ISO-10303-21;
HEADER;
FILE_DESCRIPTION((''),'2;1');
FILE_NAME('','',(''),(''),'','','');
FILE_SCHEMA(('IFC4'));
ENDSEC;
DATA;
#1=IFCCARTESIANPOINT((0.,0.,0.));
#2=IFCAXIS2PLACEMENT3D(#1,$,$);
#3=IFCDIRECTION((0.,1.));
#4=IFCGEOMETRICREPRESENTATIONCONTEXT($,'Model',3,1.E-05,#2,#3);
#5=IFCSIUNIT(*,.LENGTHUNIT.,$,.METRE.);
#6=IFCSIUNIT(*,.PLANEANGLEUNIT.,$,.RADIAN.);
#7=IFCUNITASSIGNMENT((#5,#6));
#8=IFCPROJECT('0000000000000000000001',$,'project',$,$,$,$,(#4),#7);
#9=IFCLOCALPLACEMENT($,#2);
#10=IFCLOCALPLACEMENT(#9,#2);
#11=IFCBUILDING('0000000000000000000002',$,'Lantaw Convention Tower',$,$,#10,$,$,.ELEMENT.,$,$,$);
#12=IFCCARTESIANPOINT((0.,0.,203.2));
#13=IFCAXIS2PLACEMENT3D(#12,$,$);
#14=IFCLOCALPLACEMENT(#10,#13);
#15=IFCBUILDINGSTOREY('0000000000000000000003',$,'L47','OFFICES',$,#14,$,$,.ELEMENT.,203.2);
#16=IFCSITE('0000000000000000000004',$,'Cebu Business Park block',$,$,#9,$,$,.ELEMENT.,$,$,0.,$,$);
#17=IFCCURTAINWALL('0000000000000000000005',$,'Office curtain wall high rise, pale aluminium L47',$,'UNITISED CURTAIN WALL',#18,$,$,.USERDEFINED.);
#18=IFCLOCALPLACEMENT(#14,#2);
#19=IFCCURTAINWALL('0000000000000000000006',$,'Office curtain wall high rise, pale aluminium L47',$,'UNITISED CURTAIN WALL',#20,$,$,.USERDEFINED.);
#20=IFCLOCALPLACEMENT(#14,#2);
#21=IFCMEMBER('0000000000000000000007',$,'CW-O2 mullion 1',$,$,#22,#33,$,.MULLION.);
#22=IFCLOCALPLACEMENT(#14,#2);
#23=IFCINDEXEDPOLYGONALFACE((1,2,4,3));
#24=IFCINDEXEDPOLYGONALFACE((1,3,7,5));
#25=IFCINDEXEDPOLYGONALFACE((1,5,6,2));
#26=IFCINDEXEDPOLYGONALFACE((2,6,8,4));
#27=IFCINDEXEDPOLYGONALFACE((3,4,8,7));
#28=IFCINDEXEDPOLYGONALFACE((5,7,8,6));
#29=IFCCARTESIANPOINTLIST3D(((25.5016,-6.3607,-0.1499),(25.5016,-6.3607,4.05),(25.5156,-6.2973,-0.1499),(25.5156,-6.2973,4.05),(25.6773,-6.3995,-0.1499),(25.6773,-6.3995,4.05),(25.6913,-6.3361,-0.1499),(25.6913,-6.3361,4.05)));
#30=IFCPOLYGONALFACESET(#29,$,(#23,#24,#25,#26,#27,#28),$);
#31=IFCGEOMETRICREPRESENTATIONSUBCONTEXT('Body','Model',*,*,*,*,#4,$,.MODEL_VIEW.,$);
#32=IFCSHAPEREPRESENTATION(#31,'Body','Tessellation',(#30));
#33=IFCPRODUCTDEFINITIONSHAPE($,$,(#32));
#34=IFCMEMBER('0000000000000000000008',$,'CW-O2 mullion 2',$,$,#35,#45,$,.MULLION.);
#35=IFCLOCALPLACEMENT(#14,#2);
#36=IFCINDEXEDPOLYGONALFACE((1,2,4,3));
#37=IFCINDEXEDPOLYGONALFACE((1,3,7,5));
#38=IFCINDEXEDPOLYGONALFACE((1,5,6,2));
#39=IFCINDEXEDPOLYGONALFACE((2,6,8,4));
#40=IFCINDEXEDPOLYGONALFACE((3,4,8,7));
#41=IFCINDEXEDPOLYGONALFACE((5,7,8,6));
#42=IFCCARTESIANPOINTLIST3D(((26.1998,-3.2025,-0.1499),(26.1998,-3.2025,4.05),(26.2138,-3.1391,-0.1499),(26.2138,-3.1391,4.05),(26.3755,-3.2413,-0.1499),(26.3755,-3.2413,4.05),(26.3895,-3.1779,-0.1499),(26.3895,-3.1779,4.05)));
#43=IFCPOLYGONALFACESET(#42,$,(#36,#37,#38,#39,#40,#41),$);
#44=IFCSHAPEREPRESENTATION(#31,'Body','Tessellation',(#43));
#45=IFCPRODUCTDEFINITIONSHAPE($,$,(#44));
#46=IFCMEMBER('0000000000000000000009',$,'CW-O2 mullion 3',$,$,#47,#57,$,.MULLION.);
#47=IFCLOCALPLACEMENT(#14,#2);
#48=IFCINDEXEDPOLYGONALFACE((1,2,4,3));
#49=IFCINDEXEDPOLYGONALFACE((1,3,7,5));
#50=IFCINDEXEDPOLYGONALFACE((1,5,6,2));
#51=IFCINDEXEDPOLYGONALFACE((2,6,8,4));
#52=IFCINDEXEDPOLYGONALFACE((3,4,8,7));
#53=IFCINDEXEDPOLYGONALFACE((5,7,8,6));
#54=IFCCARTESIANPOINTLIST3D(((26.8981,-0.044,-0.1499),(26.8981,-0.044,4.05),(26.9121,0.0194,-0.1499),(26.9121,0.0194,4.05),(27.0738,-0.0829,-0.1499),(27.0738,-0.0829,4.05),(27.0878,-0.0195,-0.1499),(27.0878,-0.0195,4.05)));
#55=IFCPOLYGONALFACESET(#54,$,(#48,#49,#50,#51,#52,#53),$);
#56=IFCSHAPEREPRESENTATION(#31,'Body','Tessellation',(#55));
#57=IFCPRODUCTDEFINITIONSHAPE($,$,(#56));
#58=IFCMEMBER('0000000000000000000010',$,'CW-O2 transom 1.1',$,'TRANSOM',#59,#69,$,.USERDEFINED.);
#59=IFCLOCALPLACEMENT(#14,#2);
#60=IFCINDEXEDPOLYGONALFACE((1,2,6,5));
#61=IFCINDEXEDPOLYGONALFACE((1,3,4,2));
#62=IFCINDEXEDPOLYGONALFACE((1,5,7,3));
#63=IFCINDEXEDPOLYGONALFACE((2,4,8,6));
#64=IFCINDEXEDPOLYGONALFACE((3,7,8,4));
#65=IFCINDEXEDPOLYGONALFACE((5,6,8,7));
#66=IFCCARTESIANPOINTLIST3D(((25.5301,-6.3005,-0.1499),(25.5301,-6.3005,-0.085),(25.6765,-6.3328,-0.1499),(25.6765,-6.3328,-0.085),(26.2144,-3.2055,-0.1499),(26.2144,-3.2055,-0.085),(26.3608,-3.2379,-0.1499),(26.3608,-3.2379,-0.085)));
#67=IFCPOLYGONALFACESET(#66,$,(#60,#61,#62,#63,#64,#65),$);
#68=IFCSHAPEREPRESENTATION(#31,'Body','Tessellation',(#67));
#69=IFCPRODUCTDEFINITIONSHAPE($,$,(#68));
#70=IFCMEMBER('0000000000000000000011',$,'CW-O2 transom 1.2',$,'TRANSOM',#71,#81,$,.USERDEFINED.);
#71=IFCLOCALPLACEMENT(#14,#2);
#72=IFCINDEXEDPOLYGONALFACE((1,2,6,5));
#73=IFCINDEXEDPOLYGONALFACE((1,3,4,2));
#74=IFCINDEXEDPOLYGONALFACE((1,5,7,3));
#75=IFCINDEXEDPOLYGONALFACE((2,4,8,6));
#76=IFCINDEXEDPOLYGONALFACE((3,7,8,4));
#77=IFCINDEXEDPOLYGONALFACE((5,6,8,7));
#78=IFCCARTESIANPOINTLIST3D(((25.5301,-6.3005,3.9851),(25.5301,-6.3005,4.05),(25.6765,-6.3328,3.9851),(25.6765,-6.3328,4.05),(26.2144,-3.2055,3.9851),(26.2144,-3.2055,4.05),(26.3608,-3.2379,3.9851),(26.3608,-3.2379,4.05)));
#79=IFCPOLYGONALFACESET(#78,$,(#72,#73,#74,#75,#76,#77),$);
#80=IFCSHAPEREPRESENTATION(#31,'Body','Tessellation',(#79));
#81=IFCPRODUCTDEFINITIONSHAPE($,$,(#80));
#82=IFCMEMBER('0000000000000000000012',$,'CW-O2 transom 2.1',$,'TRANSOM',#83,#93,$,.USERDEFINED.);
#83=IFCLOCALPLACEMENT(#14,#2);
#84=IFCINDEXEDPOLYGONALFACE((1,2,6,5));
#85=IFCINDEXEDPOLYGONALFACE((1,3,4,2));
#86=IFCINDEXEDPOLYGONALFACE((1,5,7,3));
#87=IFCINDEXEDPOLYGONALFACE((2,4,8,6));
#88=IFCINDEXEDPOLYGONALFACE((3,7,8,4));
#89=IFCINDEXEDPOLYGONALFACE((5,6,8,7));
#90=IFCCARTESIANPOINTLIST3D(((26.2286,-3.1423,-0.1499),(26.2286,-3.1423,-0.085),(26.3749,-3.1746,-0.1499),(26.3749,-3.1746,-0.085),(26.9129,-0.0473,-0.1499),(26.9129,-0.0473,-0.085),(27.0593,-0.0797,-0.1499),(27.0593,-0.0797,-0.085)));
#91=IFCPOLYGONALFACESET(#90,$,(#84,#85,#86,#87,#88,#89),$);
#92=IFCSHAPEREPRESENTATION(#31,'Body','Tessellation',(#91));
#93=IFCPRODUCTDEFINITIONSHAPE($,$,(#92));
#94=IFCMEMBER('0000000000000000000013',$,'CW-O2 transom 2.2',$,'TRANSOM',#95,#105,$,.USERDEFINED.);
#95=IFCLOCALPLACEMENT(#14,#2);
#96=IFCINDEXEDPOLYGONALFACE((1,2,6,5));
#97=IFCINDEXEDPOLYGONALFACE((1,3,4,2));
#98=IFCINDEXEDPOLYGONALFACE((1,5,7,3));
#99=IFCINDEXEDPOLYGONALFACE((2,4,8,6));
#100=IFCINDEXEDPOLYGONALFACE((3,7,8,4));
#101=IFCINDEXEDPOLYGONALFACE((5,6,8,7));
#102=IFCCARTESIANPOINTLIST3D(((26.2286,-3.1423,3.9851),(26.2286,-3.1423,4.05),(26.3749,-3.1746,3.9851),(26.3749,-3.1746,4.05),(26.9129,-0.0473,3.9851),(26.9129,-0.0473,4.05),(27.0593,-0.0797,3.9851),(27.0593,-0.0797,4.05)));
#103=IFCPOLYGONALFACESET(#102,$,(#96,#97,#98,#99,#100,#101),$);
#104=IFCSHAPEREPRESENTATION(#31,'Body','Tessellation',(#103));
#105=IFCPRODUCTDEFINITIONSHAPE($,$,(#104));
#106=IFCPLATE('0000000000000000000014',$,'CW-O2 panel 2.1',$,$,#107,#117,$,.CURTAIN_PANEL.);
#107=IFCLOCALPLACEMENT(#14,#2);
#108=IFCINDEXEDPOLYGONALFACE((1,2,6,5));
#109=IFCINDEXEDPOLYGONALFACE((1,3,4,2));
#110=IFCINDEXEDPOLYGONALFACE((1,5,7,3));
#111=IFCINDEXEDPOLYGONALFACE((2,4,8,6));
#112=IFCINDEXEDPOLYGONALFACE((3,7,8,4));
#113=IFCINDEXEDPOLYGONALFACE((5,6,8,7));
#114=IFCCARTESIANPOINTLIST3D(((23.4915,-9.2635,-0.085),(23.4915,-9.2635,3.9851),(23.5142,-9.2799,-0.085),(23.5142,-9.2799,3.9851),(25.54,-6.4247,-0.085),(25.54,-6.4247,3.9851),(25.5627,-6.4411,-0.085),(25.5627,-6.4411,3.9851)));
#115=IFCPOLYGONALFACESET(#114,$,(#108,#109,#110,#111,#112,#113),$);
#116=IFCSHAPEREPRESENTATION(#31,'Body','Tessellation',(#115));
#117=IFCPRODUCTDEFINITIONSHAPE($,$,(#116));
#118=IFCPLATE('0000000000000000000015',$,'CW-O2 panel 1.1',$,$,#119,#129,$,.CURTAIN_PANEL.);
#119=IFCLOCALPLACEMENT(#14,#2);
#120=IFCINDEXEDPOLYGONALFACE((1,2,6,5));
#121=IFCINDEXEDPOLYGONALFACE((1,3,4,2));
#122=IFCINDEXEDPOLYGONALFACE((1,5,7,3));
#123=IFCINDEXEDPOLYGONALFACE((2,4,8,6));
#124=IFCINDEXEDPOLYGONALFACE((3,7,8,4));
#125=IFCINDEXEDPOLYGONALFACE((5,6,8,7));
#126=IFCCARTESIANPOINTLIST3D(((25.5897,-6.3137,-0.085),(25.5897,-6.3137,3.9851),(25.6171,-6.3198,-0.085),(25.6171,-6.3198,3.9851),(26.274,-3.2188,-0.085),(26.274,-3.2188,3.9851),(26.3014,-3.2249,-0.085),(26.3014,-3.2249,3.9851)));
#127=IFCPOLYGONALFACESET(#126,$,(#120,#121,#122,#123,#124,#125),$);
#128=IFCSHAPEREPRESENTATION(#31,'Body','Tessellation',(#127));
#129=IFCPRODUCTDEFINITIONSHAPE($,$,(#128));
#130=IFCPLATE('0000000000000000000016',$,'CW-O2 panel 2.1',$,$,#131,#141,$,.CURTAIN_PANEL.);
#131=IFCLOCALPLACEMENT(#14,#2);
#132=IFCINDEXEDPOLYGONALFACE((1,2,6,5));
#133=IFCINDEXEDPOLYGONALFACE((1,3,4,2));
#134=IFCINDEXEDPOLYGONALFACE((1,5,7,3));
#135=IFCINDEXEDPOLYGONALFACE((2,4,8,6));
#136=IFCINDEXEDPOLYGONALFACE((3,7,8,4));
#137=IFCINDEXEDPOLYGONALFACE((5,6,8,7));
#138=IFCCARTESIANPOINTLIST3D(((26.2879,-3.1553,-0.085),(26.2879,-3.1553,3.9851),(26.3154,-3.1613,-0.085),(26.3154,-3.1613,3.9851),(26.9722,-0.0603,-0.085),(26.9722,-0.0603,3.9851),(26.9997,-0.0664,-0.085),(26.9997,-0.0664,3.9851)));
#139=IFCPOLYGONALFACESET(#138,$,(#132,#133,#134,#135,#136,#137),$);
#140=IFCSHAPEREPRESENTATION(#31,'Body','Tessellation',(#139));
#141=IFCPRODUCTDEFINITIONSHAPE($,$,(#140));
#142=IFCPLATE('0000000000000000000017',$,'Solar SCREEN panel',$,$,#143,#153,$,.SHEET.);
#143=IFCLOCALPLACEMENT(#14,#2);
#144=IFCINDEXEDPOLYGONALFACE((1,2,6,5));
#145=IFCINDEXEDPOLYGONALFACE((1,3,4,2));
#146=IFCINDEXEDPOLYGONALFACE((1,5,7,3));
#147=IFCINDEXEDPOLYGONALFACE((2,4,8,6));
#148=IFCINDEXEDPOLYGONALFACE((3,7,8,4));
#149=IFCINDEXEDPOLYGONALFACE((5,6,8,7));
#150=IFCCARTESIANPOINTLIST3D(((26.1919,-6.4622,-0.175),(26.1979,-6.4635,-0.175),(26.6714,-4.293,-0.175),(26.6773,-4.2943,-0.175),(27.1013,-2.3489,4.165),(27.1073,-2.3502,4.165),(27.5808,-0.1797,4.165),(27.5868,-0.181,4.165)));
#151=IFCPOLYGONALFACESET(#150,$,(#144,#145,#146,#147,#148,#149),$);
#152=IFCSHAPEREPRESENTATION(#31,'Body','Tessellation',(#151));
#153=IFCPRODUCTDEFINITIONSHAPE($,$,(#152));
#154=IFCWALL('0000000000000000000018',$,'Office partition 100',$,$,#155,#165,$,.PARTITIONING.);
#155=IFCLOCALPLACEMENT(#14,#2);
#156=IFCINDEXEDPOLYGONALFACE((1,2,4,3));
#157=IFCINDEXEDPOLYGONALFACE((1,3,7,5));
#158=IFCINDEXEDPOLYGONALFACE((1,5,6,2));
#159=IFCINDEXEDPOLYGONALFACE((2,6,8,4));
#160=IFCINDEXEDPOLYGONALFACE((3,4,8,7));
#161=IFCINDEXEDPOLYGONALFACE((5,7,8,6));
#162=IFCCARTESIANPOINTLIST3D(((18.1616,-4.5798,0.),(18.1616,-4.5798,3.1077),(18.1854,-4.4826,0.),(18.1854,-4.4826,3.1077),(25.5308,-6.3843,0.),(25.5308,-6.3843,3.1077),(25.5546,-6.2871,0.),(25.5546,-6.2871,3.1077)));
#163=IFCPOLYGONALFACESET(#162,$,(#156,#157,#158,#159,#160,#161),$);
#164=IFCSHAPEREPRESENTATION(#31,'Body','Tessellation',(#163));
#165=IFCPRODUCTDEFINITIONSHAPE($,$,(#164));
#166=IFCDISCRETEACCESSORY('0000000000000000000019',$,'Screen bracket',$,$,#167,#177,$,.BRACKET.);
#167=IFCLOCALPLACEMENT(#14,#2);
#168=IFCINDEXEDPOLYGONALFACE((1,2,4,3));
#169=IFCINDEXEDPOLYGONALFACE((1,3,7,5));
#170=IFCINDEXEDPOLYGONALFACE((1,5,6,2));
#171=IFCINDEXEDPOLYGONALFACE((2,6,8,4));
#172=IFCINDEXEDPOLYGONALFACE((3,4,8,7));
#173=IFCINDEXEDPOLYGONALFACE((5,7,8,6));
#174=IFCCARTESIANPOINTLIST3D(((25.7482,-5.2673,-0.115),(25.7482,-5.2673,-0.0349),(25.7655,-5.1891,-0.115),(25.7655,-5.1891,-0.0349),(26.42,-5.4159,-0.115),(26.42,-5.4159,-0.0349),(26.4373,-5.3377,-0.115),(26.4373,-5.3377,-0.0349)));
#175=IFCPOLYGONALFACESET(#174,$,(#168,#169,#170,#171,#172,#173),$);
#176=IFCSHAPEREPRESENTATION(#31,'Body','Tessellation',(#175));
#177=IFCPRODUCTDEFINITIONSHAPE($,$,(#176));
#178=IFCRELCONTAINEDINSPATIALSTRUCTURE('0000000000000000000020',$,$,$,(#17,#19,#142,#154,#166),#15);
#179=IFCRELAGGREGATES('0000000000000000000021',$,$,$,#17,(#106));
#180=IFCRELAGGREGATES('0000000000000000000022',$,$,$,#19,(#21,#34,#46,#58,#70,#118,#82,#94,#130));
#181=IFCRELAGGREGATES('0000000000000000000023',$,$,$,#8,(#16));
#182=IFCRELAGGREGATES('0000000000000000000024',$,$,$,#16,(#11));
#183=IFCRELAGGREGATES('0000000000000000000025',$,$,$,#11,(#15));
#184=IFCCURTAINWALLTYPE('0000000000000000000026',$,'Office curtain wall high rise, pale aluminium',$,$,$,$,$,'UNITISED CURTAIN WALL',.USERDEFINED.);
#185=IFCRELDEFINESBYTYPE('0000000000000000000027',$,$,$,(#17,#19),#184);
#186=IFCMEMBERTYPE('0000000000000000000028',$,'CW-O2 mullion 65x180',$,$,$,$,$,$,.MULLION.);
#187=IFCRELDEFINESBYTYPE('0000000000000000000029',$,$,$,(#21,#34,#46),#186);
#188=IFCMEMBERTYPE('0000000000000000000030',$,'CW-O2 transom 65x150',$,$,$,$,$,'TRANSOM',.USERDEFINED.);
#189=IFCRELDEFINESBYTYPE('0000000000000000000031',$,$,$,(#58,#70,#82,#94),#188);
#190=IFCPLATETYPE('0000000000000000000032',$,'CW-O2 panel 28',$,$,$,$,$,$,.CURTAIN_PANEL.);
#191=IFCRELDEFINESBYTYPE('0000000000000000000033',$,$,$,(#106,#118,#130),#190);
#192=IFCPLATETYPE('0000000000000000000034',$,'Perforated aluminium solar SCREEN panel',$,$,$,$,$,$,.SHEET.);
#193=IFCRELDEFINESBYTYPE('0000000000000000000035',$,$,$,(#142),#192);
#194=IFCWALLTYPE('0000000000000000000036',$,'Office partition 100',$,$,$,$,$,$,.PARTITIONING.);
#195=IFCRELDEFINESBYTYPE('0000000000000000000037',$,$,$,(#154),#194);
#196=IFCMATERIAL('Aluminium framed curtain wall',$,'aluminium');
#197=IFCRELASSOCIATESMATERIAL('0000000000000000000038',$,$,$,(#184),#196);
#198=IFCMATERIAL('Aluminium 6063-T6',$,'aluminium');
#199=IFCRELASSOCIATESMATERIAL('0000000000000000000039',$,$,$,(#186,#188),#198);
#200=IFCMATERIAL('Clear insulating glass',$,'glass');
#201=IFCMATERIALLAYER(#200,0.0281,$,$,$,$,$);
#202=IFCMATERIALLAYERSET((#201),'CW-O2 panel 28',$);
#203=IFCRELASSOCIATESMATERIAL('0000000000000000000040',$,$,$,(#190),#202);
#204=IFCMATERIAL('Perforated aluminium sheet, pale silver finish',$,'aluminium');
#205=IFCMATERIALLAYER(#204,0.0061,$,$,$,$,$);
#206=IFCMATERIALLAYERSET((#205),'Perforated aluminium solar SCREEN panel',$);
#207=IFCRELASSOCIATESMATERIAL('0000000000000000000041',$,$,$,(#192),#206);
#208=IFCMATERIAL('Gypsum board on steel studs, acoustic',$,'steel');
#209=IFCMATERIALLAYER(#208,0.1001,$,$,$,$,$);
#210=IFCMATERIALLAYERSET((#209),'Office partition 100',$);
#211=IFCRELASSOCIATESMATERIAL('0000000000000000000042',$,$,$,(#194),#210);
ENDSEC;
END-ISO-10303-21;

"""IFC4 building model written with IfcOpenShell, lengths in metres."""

from ifc_helpers import new_model, si_unit, direction, frame, frame_2d, origin, origin_2d, place, context, subcontext, project, spatial, polyline, rectangle, outline, extrude, material, layer, layer_set, material_profile, profile_set, type_object, element, aggregate, save


model = new_model("IFC4")

# Units and contexts
model_context = context("Model", 3, precision=1e-05, world=origin(), true_north=direction((0.0, 1.0)))
body_context = subcontext(model_context, "Body", "Model", "MODEL_VIEW")
ifc_project = project(units=[si_unit("LENGTHUNIT", "METRE"), si_unit("PLANEANGLEUNIT", "RADIAN")], contexts=[model_context])

# Site, building, storey
site_placement = place(None, origin())
site = spatial("IfcSite", under=ifc_project, at=site_placement, Name="Cebu Business Park block", CompositionType="ELEMENT", RefElevation=0.0)
building_placement = place(site_placement, origin())
building = spatial("IfcBuilding", under=site, at=building_placement, Name="Lantaw Convention Tower", CompositionType="ELEMENT")
storey_placement = place(building_placement, frame((0.0, 0.0, 203.2)))
storey = spatial("IfcBuildingStorey", under=building, at=storey_placement, Name="L47", Description="OFFICES", CompositionType="ELEMENT", Elevation=203.2)

# Curtain wall
ifc_material_1 = material(Name="Aluminium framed curtain wall", Category="aluminium")
curtain_wall_type = type_object("IfcCurtainWallType", Name="Office curtain wall high rise, pale aluminium", ElementType="UNITISED CURTAIN WALL", PredefinedType="USERDEFINED", material=ifc_material_1)
curtain_wall_1_placement = place(storey_placement, origin())
curtain_wall_1 = element("IfcCurtainWall", 1, at=curtain_wall_1_placement, inside=storey, type_object=curtain_wall_type, Name="Office curtain wall high rise, pale aluminium L47", ObjectType="UNITISED CURTAIN WALL", PredefinedType="USERDEFINED")
ifc_material_2 = material(Name="Aluminium 6063-T6", Category="aluminium")
ifc_material_profile_1 = material_profile(ifc_material_2, rectangle(XDim=0.1799, YDim=0.0649, at=origin_2d()), Name="CW-O2 mullion 65x180")
ifc_profile_set_1 = profile_set([ifc_material_profile_1], Name="Aluminium 6063-T6")
member_type_1 = type_object("IfcMemberType", Name="CW-O2 mullion 65x180", PredefinedType="MULLION", material=ifc_profile_set_1)

# Curtain wall, members
curtain_wall_2_placement = place(storey_placement, origin())
curtain_wall_2 = element("IfcCurtainWall", 2, at=curtain_wall_2_placement, inside=storey, type_object=curtain_wall_type, Name="Office curtain wall high rise, pale aluminium L47", ObjectType="UNITISED CURTAIN WALL", PredefinedType="USERDEFINED")
member_1_placement = place(storey_placement, frame((25.5964, -6.3484, -0.1499), z_axis=(0.0, 0.0, 1.0), x_axis=(-0.976417, 0.215891, 0.0)))
member_1 = element("IfcMember", 3, at=member_1_placement, type_object=member_type_1, Name="CW-O2 mullion 1", PredefinedType="MULLION", context=body_context, shape_type="SweptSolid", body=[
    extrude(rectangle(XDim=0.1799, YDim=0.0649, at=origin_2d()), origin(), (0.0, 0.0, 1.0), 4.2),
])
member_2_placement = place(storey_placement, frame((26.2947, -3.1902, -0.1499), z_axis=(0.0, 0.0, 1.0), x_axis=(-0.976417, 0.215891, 0.0)))
member_2 = element("IfcMember", 4, at=member_2_placement, type_object=member_type_1, Name="CW-O2 mullion 2", PredefinedType="MULLION", context=body_context, shape_type="SweptSolid", body=[
    extrude(rectangle(XDim=0.1799, YDim=0.0649, at=origin_2d()), origin(), (0.0, 0.0, 1.0), 4.2),
])
member_3_placement = place(storey_placement, frame((26.9929, -0.0317, -0.1499), z_axis=(0.0, 0.0, 1.0), x_axis=(-0.976417, 0.215891, 0.0)))
member_3 = element("IfcMember", 5, at=member_3_placement, type_object=member_type_1, Name="CW-O2 mullion 3", PredefinedType="MULLION", context=body_context, shape_type="SweptSolid", body=[
    extrude(rectangle(XDim=0.1799, YDim=0.0649, at=origin_2d()), origin(), (0.0, 0.0, 1.0), 4.2),
])
ifc_material_profile_2 = material_profile(ifc_material_2, rectangle(XDim=0.1499, YDim=0.0649, at=origin_2d()), Name="CW-O2 transom 65x150")
ifc_profile_set_2 = profile_set([ifc_material_profile_2], Name="Aluminium 6063-T6")
member_type_2 = type_object("IfcMemberType", Name="CW-O2 transom 65x150", ElementType="TRANSOM", PredefinedType="USERDEFINED", material=ifc_profile_set_2)
member_4_placement = place(storey_placement, frame((25.6033, -6.3167, -0.1174), z_axis=(0.215895, 0.976417, 0.0), x_axis=(-0.976417, 0.215895, 0.0)))
member_4 = element("IfcMember", 6, at=member_4_placement, type_object=member_type_2, Name="CW-O2 transom 1.1", ObjectType="TRANSOM", PredefinedType="USERDEFINED", context=body_context, shape_type="SweptSolid", body=[
    extrude(rectangle(XDim=0.1499, YDim=0.0649, at=origin_2d()), origin(), (0.0, 0.0, 1.0), 3.1697),
])
member_5_placement = place(storey_placement, frame((25.6033, -6.3167, 4.0176), z_axis=(0.215895, 0.976417, 0.0), x_axis=(-0.976417, 0.215895, 0.0)))
member_5 = element("IfcMember", 7, at=member_5_placement, type_object=member_type_2, Name="CW-O2 transom 1.2", ObjectType="TRANSOM", PredefinedType="USERDEFINED", context=body_context, shape_type="SweptSolid", body=[
    extrude(rectangle(XDim=0.1499, YDim=0.0649, at=origin_2d()), origin(), (0.0, 0.0, 1.0), 3.1697),
])
member_6_placement = place(storey_placement, frame((26.3018, -3.1584, -0.1174), z_axis=(0.215895, 0.976417, 0.0), x_axis=(-0.976417, 0.215895, 0.0)))
member_6 = element("IfcMember", 8, at=member_6_placement, type_object=member_type_2, Name="CW-O2 transom 2.1", ObjectType="TRANSOM", PredefinedType="USERDEFINED", context=body_context, shape_type="SweptSolid", body=[
    extrude(rectangle(XDim=0.1499, YDim=0.0649, at=origin_2d()), origin(), (0.0, 0.0, 1.0), 3.1697),
])
member_7_placement = place(storey_placement, frame((26.3018, -3.1584, 4.0176), z_axis=(0.215895, 0.976417, 0.0), x_axis=(-0.976417, 0.215895, 0.0)))
member_7 = element("IfcMember", 9, at=member_7_placement, type_object=member_type_2, Name="CW-O2 transom 2.2", ObjectType="TRANSOM", PredefinedType="USERDEFINED", context=body_context, shape_type="SweptSolid", body=[
    extrude(rectangle(XDim=0.1499, YDim=0.0649, at=origin_2d()), origin(), (0.0, 0.0, 1.0), 3.1697),
])

# Plates
ifc_material_3 = material(Name="Clear insulating glass", Category="glass")
ifc_layer_1 = layer(ifc_material_3, 0.0281)
ifc_layer_set_1 = layer_set([ifc_layer_1], Name="CW-O2 panel 28")
plate_type_1 = type_object("IfcPlateType", Name="CW-O2 panel 28", PredefinedType="CURTAIN_PANEL", material=ifc_layer_set_1)
plate_1_placement = place(storey_placement, frame((24.5271, -7.8523, -0.085), z_axis=(0.0, 0.0, 1.0), x_axis=(0.585158, 0.81092, 0.0)))
plate_1 = element("IfcPlate", 10, at=plate_1_placement, type_object=plate_type_1, Name="CW-O2 panel 2.1", PredefinedType="CURTAIN_PANEL", context=body_context, shape_type="SweptSolid", body=[
    extrude(rectangle(XDim=3.5007, YDim=0.0281, at=origin_2d()), origin(), (0.0, 0.0, 1.0), 4.0701),
])
aggregate(curtain_wall_1, [plate_1])
plate_2_placement = place(storey_placement, frame((25.9456, -4.7693, -0.085), z_axis=(0.0, 0.0, 1.0), x_axis=(0.215891, 0.976417, 0.0)))
plate_2 = element("IfcPlate", 11, at=plate_2_placement, type_object=plate_type_1, Name="CW-O2 panel 1.1", PredefinedType="CURTAIN_PANEL", context=body_context, shape_type="SweptSolid", body=[
    extrude(rectangle(XDim=3.1697, YDim=0.0281, at=origin_2d()), origin(), (0.0, 0.0, 1.0), 4.0701),
])
plate_3_placement = place(storey_placement, frame((26.6438, -1.6108, -0.085), z_axis=(0.0, 0.0, 1.0), x_axis=(0.215891, 0.976417, 0.0)))
plate_3 = element("IfcPlate", 12, at=plate_3_placement, type_object=plate_type_1, Name="CW-O2 panel 2.1", PredefinedType="CURTAIN_PANEL", context=body_context, shape_type="SweptSolid", body=[
    extrude(rectangle(XDim=3.1697, YDim=0.0281, at=origin_2d()), origin(), (0.0, 0.0, 1.0), 4.0701),
])
aggregate(curtain_wall_2, [member_1, member_2, member_3, member_4, member_5, plate_2, member_6, member_7, plate_3])
ifc_material_4 = material(Name="Perforated aluminium sheet, pale silver finish", Category="aluminium")
ifc_layer_2 = layer(ifc_material_4, 0.0061)
ifc_layer_set_2 = layer_set([ifc_layer_2], Name="Perforated aluminium solar SCREEN panel")
plate_type_2 = type_object("IfcPlateType", Name="Perforated aluminium solar SCREEN panel", PredefinedType="SHEET", material=ifc_layer_set_2)
plate_4_placement = place(storey_placement, frame((26.1919, -6.4622, -0.175), z_axis=(-0.97643, 0.215837, 0.000044), x_axis=(0.215837, 0.97643, 0.0)))
element("IfcPlate", 13, at=plate_4_placement, inside=storey, type_object=plate_type_2, Name="Solar SCREEN panel", PredefinedType="SHEET", context=body_context, shape_type="SweptSolid", body=[
    extrude(outline(polyline([(0.0, 0.0), (2.2216, 0.0), (6.4342, -4.3401), (4.2126, -4.3401), (0.0, 0.0)])), origin(), (0.0, 0.0, -1.0), 0.0061),
])

# Wall
ifc_material_5 = material(Name="Gypsum board on steel studs, acoustic", Category="steel")
ifc_layer_3 = layer(ifc_material_5, 0.1001)
ifc_layer_set_3 = layer_set([ifc_layer_3], Name="Office partition 100")
wall_type = type_object("IfcWallType", Name="Office partition 100", PredefinedType="PARTITIONING", material=ifc_layer_set_3)
wall_placement = place(storey_placement, frame((25.5427, -6.3357, 0.0), z_axis=(0.0, 0.0, 1.0), x_axis=(-0.971305, 0.237838, 0.0)))
element("IfcWall", 14, at=wall_placement, inside=storey, type_object=wall_type, Name="Office partition 100", PredefinedType="PARTITIONING", context=body_context, shape_type="SweptSolid", body=[
    extrude(rectangle(XDim=7.5869, YDim=0.1001, at=frame_2d((3.7935, 0.0))), origin(), (0.0, 0.0, 1.0), 3.1077),
])

# Discrete accessory
discrete_accessory_placement = place(storey_placement, frame((26.0928, -5.3025, -0.115), z_axis=(0.0, 0.0, 1.0), x_axis=(0.215891, 0.976417, 0.0)))
element("IfcDiscreteAccessory", 15, at=discrete_accessory_placement, inside=storey, Name="Screen bracket", PredefinedType="BRACKET", context=body_context, shape_type="SweptSolid", body=[
    extrude(rectangle(XDim=0.0801, YDim=0.688, at=origin_2d()), origin(), (0.0, 0.0, 1.0), 0.0801),
])

save(model, "model.ifc")
